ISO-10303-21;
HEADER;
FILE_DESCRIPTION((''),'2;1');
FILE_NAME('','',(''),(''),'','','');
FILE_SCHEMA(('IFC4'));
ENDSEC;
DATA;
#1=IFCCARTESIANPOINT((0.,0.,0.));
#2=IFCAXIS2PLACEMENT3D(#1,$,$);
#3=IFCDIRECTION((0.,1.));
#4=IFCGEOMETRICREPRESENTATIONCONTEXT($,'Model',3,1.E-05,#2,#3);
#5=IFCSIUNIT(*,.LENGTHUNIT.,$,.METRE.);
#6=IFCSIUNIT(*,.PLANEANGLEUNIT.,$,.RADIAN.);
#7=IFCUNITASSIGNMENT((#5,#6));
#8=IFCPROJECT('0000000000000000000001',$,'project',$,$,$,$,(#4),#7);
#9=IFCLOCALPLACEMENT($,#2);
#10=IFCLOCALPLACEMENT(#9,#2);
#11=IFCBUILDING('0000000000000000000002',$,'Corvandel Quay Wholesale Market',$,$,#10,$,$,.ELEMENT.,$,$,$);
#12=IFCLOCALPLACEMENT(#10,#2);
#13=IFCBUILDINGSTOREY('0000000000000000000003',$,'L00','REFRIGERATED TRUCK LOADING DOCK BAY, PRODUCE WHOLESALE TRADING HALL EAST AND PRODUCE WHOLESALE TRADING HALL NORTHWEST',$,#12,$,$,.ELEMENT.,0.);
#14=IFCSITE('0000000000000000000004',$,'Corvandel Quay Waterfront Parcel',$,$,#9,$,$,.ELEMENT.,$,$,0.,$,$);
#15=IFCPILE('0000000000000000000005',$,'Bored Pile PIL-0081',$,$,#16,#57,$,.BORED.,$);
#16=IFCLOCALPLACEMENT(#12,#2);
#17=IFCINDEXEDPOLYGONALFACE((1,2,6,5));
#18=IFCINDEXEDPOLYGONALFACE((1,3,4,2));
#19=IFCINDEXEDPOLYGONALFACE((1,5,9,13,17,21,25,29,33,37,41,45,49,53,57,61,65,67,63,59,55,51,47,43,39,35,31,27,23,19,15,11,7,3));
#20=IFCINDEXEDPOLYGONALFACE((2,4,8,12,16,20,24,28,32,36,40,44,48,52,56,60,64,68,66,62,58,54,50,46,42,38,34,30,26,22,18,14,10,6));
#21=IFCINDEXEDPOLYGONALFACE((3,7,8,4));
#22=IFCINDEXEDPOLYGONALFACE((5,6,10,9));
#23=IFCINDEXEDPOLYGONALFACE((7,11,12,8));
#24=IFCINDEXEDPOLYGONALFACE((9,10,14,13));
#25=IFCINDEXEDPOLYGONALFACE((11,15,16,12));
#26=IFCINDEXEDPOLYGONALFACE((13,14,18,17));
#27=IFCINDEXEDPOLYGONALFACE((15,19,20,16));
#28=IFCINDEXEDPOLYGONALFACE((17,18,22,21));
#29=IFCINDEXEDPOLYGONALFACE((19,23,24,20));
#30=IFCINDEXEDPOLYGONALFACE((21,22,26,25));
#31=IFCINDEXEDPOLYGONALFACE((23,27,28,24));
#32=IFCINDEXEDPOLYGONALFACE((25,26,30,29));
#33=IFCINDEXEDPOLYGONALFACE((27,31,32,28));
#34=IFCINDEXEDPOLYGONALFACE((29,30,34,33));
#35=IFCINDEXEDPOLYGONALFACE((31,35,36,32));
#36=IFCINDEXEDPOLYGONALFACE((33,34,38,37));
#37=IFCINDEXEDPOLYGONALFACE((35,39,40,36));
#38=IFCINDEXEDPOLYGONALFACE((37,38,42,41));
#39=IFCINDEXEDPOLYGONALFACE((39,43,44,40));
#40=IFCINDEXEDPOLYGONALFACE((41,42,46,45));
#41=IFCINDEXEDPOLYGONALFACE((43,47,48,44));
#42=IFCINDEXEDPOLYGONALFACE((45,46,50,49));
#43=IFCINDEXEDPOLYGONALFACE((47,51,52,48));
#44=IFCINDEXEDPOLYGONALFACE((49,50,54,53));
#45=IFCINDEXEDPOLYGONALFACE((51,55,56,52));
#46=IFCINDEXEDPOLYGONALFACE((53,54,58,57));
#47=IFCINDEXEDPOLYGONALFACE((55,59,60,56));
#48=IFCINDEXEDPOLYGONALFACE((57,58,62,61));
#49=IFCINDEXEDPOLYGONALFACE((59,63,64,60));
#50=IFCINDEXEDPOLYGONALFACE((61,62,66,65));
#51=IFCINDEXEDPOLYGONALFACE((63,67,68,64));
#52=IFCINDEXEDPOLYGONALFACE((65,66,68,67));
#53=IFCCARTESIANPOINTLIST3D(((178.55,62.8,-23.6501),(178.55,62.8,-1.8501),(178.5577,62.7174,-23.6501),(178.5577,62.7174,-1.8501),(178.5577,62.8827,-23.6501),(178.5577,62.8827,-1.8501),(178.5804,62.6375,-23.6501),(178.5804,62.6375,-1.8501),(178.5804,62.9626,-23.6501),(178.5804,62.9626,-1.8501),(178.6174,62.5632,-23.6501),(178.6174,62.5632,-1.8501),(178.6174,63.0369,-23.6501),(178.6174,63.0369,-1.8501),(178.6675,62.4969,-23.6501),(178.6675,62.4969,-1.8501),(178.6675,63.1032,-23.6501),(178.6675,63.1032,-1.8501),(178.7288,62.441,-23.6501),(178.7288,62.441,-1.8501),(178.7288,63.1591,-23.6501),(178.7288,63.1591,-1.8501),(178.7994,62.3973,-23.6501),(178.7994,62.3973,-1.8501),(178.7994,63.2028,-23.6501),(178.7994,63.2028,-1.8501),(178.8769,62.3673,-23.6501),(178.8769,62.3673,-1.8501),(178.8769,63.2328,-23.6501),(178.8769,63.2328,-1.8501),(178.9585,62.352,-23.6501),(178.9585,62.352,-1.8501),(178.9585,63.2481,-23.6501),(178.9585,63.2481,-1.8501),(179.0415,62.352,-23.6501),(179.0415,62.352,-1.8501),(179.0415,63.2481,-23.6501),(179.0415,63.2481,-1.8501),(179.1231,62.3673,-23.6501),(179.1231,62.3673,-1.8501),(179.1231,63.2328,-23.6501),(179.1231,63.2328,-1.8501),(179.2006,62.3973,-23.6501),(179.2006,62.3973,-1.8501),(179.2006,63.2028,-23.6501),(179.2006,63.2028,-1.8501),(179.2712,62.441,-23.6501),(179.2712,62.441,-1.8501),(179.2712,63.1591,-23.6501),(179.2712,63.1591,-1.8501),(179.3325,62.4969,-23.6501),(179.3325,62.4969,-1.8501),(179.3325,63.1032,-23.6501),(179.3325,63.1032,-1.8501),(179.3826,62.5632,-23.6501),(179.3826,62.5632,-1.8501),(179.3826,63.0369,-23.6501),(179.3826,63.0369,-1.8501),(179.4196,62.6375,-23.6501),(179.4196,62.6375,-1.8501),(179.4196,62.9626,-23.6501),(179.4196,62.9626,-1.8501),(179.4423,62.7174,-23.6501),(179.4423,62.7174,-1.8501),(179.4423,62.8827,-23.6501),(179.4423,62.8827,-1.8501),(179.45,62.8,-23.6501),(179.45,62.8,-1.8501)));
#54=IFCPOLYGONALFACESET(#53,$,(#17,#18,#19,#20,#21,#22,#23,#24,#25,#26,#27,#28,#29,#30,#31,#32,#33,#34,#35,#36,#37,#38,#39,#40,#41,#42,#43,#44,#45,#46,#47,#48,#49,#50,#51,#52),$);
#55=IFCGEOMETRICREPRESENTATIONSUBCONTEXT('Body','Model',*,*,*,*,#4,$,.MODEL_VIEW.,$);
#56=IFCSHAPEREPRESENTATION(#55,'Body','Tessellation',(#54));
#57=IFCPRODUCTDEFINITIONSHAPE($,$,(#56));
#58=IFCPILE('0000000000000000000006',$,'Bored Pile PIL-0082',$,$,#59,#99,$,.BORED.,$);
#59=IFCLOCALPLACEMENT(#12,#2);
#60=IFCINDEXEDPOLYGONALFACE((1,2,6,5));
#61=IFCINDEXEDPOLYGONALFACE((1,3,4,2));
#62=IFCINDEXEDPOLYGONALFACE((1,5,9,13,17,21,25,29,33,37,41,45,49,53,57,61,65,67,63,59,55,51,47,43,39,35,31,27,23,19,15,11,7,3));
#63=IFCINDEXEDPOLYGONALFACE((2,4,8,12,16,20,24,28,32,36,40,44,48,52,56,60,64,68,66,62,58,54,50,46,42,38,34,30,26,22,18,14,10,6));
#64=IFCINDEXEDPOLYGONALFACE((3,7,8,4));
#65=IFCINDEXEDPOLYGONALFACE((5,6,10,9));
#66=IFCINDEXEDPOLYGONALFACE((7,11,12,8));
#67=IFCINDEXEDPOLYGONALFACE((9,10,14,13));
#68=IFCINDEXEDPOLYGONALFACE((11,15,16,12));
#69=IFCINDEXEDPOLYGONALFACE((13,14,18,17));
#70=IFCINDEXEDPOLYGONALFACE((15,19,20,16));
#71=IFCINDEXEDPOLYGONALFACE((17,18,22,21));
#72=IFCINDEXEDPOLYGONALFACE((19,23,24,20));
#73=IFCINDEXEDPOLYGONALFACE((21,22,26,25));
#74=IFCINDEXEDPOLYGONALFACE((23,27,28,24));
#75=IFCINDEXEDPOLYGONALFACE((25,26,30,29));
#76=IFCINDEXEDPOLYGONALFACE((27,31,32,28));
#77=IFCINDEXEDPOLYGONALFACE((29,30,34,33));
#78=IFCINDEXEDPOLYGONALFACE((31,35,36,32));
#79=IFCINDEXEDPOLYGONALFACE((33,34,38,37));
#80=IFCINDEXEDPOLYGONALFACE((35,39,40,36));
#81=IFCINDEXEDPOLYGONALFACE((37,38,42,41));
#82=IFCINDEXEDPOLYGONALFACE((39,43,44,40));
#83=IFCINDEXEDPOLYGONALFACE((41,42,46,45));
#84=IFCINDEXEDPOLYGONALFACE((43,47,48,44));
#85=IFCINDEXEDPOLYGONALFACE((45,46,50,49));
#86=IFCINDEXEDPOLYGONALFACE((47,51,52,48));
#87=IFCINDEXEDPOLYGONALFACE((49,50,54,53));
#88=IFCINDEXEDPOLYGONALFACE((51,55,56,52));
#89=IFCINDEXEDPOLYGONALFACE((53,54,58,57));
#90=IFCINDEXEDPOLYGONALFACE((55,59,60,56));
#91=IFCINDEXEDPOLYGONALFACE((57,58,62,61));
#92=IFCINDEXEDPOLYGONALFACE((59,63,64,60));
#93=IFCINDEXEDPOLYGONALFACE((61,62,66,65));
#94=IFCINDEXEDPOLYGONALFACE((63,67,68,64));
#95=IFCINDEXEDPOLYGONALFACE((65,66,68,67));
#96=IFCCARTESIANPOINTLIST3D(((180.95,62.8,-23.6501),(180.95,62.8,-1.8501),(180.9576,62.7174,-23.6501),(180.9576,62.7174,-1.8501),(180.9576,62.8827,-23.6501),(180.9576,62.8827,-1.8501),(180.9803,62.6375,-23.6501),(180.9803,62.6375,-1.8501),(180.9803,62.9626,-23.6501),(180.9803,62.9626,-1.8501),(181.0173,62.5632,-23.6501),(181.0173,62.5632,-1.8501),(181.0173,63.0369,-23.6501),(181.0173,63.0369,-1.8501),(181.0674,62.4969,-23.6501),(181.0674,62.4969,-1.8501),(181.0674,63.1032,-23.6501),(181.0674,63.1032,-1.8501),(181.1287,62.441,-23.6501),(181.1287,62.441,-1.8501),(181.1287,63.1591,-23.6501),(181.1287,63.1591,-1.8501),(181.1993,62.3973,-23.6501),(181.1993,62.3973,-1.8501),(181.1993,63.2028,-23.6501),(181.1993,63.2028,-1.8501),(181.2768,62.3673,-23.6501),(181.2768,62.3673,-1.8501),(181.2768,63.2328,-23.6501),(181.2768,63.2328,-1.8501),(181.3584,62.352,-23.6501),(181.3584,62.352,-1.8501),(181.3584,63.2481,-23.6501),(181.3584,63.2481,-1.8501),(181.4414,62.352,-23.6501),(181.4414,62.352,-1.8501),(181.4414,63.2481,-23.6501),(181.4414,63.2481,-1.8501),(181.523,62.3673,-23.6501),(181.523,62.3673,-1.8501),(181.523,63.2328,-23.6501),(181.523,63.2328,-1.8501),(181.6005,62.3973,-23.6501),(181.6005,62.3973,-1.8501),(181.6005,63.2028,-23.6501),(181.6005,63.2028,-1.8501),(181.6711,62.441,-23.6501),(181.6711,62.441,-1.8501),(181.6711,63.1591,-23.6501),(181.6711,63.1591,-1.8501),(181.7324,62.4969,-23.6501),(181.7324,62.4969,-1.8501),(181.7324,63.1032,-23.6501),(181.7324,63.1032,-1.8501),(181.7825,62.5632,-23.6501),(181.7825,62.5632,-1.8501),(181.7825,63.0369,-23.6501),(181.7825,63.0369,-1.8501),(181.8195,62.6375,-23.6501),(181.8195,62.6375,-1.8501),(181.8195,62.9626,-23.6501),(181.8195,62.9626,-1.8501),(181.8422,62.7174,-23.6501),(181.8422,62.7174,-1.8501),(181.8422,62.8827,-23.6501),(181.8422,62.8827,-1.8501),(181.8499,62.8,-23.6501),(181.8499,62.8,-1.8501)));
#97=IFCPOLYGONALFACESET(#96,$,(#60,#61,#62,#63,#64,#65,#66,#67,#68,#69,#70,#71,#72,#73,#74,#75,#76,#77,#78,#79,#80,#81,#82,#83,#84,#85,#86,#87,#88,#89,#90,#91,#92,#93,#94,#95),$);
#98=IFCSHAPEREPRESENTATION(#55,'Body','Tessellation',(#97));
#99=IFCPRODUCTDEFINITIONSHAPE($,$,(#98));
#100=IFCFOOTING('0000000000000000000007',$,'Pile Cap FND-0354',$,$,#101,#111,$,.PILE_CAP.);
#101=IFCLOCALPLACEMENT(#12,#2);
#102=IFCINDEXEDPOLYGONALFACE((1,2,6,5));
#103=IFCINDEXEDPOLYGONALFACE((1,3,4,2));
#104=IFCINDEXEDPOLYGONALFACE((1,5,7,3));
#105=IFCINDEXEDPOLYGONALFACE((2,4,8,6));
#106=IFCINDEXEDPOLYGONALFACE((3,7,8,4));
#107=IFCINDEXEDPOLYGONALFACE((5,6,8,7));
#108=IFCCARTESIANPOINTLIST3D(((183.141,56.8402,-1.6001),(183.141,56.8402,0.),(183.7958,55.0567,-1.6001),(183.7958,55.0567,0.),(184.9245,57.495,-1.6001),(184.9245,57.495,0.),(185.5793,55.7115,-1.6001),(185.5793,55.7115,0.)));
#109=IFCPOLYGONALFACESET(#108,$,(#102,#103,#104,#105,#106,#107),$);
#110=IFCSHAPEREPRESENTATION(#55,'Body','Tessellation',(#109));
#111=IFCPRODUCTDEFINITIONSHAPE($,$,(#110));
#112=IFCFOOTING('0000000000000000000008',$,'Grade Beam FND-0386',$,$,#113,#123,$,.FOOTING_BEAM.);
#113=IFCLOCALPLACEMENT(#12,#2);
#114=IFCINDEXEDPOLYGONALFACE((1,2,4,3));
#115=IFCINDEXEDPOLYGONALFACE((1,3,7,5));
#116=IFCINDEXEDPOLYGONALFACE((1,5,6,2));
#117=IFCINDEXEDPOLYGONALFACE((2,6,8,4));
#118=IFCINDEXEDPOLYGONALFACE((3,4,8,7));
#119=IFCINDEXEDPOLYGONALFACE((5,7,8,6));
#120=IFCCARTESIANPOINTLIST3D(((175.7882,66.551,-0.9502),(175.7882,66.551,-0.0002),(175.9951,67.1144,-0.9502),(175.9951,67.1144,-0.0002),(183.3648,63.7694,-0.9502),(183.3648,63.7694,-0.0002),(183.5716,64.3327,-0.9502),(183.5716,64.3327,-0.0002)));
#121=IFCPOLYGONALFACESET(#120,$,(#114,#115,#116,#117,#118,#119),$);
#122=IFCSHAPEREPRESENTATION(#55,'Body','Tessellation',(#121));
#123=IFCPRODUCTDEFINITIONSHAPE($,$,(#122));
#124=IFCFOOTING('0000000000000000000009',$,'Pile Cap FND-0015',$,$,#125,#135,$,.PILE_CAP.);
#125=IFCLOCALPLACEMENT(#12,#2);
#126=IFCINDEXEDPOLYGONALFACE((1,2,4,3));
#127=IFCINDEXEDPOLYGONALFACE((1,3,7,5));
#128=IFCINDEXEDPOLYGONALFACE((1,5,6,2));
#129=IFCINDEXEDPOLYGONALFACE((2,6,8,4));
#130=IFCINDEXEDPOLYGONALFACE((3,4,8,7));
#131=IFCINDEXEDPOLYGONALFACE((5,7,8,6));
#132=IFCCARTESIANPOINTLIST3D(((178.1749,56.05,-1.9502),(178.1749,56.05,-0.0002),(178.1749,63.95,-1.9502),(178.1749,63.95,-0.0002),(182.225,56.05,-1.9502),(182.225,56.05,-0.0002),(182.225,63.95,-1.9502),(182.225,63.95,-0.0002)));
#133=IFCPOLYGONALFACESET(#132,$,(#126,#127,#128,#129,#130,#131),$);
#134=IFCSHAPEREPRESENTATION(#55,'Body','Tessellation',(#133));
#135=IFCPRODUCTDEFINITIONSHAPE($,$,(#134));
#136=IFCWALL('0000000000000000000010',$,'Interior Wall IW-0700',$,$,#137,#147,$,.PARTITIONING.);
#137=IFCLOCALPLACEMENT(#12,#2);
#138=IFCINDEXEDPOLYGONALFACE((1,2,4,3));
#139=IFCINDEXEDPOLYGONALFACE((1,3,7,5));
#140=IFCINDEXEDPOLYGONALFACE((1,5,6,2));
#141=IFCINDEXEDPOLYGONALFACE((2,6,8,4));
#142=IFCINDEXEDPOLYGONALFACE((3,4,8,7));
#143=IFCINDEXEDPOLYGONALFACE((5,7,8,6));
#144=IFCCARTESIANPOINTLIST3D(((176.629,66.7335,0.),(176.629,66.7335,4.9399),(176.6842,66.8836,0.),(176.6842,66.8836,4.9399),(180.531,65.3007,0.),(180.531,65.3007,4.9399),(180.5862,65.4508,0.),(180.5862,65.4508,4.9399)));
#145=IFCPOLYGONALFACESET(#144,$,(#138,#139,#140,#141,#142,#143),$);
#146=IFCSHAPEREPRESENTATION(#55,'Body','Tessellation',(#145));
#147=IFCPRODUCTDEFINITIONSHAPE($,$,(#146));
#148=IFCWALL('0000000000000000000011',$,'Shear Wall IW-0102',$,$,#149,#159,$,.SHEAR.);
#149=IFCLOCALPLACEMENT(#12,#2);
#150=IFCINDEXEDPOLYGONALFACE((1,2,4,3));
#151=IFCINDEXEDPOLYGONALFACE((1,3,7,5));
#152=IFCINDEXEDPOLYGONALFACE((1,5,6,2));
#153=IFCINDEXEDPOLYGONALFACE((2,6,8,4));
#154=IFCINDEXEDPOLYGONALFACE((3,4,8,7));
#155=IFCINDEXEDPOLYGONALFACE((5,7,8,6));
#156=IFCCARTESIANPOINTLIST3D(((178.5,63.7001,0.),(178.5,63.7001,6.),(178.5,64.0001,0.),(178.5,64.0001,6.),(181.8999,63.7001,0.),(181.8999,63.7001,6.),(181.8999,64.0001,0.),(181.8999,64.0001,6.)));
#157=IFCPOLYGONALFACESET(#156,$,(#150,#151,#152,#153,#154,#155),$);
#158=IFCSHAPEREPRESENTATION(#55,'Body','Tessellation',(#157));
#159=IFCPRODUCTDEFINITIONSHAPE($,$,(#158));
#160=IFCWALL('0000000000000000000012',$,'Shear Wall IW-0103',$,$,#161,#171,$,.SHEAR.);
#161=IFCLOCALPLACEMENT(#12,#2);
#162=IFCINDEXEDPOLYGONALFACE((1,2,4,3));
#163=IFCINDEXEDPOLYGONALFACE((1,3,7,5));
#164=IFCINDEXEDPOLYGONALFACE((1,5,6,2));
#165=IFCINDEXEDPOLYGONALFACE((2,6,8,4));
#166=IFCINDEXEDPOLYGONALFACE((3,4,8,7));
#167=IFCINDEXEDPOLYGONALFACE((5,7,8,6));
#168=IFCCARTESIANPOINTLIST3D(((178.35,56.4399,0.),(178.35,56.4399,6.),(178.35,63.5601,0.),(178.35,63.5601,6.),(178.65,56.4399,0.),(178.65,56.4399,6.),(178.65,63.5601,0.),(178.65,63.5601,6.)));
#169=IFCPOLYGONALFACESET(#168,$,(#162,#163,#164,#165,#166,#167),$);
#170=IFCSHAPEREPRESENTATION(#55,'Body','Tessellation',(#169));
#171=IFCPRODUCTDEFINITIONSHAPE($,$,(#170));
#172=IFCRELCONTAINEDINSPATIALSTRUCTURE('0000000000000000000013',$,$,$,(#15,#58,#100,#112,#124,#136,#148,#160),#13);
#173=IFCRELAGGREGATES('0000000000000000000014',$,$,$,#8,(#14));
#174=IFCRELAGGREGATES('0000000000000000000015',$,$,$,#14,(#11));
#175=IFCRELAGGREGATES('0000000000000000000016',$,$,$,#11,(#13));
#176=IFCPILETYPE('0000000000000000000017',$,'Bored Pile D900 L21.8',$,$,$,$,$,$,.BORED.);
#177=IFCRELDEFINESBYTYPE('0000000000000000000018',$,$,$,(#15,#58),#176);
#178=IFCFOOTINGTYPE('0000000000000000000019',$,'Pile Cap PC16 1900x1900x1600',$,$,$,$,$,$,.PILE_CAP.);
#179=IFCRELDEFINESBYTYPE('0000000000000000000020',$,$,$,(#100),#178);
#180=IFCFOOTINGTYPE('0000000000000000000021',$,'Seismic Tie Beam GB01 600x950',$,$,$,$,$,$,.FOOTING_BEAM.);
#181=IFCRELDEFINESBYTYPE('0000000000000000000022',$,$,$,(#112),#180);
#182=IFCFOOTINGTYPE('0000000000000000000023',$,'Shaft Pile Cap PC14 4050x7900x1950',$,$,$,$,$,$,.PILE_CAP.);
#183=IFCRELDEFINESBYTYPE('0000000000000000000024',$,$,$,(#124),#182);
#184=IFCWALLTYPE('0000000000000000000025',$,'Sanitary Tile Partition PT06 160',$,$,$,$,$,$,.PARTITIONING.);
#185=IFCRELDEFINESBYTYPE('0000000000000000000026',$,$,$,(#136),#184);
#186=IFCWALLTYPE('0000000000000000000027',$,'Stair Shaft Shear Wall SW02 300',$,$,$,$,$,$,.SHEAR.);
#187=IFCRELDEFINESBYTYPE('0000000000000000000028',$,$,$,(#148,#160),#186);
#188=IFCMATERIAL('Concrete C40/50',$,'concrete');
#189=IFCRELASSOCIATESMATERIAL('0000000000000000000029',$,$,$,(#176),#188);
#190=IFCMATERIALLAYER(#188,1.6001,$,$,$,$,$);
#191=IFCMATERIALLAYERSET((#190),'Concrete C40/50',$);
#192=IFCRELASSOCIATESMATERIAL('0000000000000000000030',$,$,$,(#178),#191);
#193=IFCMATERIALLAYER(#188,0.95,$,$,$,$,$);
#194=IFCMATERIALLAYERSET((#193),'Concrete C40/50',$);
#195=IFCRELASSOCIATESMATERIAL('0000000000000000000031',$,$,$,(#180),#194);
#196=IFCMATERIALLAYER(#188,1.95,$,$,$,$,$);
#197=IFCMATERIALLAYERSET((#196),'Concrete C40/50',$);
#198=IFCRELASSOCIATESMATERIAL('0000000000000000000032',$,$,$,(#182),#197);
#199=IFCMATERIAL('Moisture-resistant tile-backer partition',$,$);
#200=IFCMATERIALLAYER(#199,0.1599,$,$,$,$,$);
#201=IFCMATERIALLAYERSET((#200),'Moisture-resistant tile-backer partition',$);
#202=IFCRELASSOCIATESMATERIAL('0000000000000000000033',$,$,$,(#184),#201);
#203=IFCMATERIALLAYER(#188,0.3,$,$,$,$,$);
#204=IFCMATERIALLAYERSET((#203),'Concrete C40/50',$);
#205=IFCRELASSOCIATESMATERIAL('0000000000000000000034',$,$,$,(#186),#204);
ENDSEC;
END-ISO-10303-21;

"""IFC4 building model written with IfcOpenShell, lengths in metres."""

from ifc_helpers import new_model, si_unit, direction, frame, frame_2d, origin, origin_2d, place, context, subcontext, project, spatial, rectangle, circle, extrude, material, layer, layer_set, material_profile, profile_set, type_object, element, save


model = new_model("IFC4")

# Units and contexts
model_context = context("Model", 3, precision=1e-05, world=origin(), true_north=direction((0.0, 1.0)))
body_context = subcontext(model_context, "Body", "Model", "MODEL_VIEW")
ifc_project = project(units=[si_unit("LENGTHUNIT", "METRE"), si_unit("PLANEANGLEUNIT", "RADIAN")], contexts=[model_context])

# Site, building, storey
site_placement = place(None, origin())
site = spatial("IfcSite", under=ifc_project, at=site_placement, Name="Corvandel Quay Waterfront Parcel", CompositionType="ELEMENT", RefElevation=0.0)
building_placement = place(site_placement, origin())
building = spatial("IfcBuilding", under=site, at=building_placement, Name="Corvandel Quay Wholesale Market", CompositionType="ELEMENT")
storey_placement = place(building_placement, origin())
storey = spatial("IfcBuildingStorey", under=building, at=storey_placement, Name="L00", Description="REFRIGERATED TRUCK LOADING DOCK BAY, PRODUCE WHOLESALE TRADING HALL EAST AND PRODUCE WHOLESALE TRADING HALL NORTHWEST", CompositionType="ELEMENT", Elevation=0.0)

# Piles
ifc_material_1 = material(Name="Concrete C40/50", Category="concrete")
ifc_material_profile = material_profile(ifc_material_1, circle(Radius=0.45, at=origin_2d()), Name="RC-PILE-D900")
ifc_profile_set = profile_set([ifc_material_profile], Name="Concrete C40/50")
pile_type = type_object("IfcPileType", Name="Bored Pile D900 L21.8", PredefinedType="BORED", material=ifc_profile_set)
for number, where, z_axis, x_axis, name in (
    (1, (179.0, 62.8, -1.8501), (0.0, 0.0, -1.0), (1.0, 0.0, 0.0), "Bored Pile PIL-0081"),
    (2, (181.3999, 62.8, -1.8501), (0.0, 0.0, -1.0), (1.0, 0.0, 0.0), "Bored Pile PIL-0082"),
):
    element("IfcPile", number, at=place(storey_placement, frame(where, z_axis=z_axis, x_axis=x_axis)), inside=storey, type_object=pile_type, Name=name, PredefinedType="BORED", context=body_context, shape_type="SweptSolid", body=[
        extrude(circle(Radius=0.45, at=origin_2d()), origin(), (0.0, 0.0, 1.0), 21.8),
    ])

# Footings
ifc_layer_1 = layer(ifc_material_1, 1.6001)
ifc_layer_set_1 = layer_set([ifc_layer_1], Name="Concrete C40/50")
footing_type_1 = type_object("IfcFootingType", Name="Pile Cap PC16 1900x1900x1600", PredefinedType="PILE_CAP", material=ifc_layer_set_1)
footing_1_placement = place(storey_placement, frame((184.3601, 56.2759, -1.6001), z_axis=(0.0, 0.0, 1.0), x_axis=(-0.344643, 0.938734, 0.0)))
element("IfcFooting", 3, at=footing_1_placement, inside=storey, type_object=footing_type_1, Name="Pile Cap FND-0354", PredefinedType="PILE_CAP", context=body_context, shape_type="SweptSolid", body=[
    extrude(rectangle(XDim=1.8999, YDim=1.8999, at=origin_2d()), origin(), (0.0, 0.0, 1.0), 1.6001),
])
ifc_layer_2 = layer(ifc_material_1, 0.95)
ifc_layer_set_2 = layer_set([ifc_layer_2], Name="Concrete C40/50")
footing_type_2 = type_object("IfcFootingType", Name="Seismic Tie Beam GB01 600x950", PredefinedType="FOOTING_BEAM", material=ifc_layer_set_2)
footing_2_placement = place(storey_placement, frame((179.6799, 65.4419, -0.9502), z_axis=(0.0, 0.0, 1.0), x_axis=(-0.938734, 0.344643, 0.0)))
element("IfcFooting", 4, at=footing_2_placement, inside=storey, type_object=footing_type_2, Name="Grade Beam FND-0386", PredefinedType="FOOTING_BEAM", context=body_context, shape_type="SweptSolid", body=[
    extrude(rectangle(XDim=8.071, YDim=0.6001, at=origin_2d()), origin(), (0.0, 0.0, 1.0), 0.95),
])
ifc_layer_3 = layer(ifc_material_1, 1.95)
ifc_layer_set_3 = layer_set([ifc_layer_3], Name="Concrete C40/50")
footing_type_3 = type_object("IfcFootingType", Name="Shaft Pile Cap PC14 4050x7900x1950", PredefinedType="PILE_CAP", material=ifc_layer_set_3)
footing_3_placement = place(storey_placement, frame((180.2, 60.0, -1.9502), z_axis=(0.0, 0.0, 1.0), x_axis=(1.0, 0.0, 0.0)))
element("IfcFooting", 5, at=footing_3_placement, inside=storey, type_object=footing_type_3, Name="Pile Cap FND-0015", PredefinedType="PILE_CAP", context=body_context, shape_type="SweptSolid", body=[
    extrude(rectangle(XDim=4.05, YDim=7.8999, at=origin_2d()), origin(), (0.0, 0.0, 1.0), 1.95),
])

# Walls
ifc_material_2 = material(Name="Moisture-resistant tile-backer partition")
ifc_layer_4 = layer(ifc_material_2, 0.1599)
ifc_layer_set_4 = layer_set([ifc_layer_4], Name="Moisture-resistant tile-backer partition")
wall_type_1 = type_object("IfcWallType", Name="Sanitary Tile Partition PT06 160", PredefinedType="PARTITIONING", material=ifc_layer_set_4)
wall_1_placement = place(storey_placement, frame((180.5586, 65.3757, 0.0), z_axis=(0.0, 0.0, 1.0), x_axis=(-0.938714, 0.344698, 0.0)))
element("IfcWall", 6, at=wall_1_placement, inside=storey, type_object=wall_type_1, Name="Interior Wall IW-0700", PredefinedType="PARTITIONING", context=body_context, shape_type="SweptSolid", body=[
    extrude(rectangle(XDim=4.1567, YDim=0.1599, at=frame_2d((2.0784, 0.0))), origin(), (0.0, 0.0, 1.0), 4.9399),
])
ifc_layer_5 = layer(ifc_material_1, 0.3)
ifc_layer_set_5 = layer_set([ifc_layer_5], Name="Concrete C40/50")
wall_type_2 = type_object("IfcWallType", Name="Stair Shaft Shear Wall SW02 300", PredefinedType="SHEAR", material=ifc_layer_set_5)
wall_2_placement = place(storey_placement, frame((178.5, 63.8501, 0.0), z_axis=(0.0, 0.0, 1.0), x_axis=(1.0, 0.0, 0.0)))
element("IfcWall", 7, at=wall_2_placement, inside=storey, type_object=wall_type_2, Name="Shear Wall IW-0102", PredefinedType="SHEAR", context=body_context, shape_type="SweptSolid", body=[
    extrude(rectangle(XDim=3.3999, YDim=0.3, at=frame_2d((1.7, 0.0))), origin(), (0.0, 0.0, 1.0), 6.0),
])
wall_3_placement = place(storey_placement, frame((178.5, 56.4399, 0.0), z_axis=(0.0, 0.0, 1.0), x_axis=(0.0, 1.0, 0.0)))
element("IfcWall", 8, at=wall_3_placement, inside=storey, type_object=wall_type_2, Name="Shear Wall IW-0103", PredefinedType="SHEAR", context=body_context, shape_type="SweptSolid", body=[
    extrude(rectangle(XDim=7.1201, YDim=0.3, at=frame_2d((3.5601, 0.0))), origin(), (0.0, 0.0, 1.0), 6.0),
])

save(model, "model.ifc")
